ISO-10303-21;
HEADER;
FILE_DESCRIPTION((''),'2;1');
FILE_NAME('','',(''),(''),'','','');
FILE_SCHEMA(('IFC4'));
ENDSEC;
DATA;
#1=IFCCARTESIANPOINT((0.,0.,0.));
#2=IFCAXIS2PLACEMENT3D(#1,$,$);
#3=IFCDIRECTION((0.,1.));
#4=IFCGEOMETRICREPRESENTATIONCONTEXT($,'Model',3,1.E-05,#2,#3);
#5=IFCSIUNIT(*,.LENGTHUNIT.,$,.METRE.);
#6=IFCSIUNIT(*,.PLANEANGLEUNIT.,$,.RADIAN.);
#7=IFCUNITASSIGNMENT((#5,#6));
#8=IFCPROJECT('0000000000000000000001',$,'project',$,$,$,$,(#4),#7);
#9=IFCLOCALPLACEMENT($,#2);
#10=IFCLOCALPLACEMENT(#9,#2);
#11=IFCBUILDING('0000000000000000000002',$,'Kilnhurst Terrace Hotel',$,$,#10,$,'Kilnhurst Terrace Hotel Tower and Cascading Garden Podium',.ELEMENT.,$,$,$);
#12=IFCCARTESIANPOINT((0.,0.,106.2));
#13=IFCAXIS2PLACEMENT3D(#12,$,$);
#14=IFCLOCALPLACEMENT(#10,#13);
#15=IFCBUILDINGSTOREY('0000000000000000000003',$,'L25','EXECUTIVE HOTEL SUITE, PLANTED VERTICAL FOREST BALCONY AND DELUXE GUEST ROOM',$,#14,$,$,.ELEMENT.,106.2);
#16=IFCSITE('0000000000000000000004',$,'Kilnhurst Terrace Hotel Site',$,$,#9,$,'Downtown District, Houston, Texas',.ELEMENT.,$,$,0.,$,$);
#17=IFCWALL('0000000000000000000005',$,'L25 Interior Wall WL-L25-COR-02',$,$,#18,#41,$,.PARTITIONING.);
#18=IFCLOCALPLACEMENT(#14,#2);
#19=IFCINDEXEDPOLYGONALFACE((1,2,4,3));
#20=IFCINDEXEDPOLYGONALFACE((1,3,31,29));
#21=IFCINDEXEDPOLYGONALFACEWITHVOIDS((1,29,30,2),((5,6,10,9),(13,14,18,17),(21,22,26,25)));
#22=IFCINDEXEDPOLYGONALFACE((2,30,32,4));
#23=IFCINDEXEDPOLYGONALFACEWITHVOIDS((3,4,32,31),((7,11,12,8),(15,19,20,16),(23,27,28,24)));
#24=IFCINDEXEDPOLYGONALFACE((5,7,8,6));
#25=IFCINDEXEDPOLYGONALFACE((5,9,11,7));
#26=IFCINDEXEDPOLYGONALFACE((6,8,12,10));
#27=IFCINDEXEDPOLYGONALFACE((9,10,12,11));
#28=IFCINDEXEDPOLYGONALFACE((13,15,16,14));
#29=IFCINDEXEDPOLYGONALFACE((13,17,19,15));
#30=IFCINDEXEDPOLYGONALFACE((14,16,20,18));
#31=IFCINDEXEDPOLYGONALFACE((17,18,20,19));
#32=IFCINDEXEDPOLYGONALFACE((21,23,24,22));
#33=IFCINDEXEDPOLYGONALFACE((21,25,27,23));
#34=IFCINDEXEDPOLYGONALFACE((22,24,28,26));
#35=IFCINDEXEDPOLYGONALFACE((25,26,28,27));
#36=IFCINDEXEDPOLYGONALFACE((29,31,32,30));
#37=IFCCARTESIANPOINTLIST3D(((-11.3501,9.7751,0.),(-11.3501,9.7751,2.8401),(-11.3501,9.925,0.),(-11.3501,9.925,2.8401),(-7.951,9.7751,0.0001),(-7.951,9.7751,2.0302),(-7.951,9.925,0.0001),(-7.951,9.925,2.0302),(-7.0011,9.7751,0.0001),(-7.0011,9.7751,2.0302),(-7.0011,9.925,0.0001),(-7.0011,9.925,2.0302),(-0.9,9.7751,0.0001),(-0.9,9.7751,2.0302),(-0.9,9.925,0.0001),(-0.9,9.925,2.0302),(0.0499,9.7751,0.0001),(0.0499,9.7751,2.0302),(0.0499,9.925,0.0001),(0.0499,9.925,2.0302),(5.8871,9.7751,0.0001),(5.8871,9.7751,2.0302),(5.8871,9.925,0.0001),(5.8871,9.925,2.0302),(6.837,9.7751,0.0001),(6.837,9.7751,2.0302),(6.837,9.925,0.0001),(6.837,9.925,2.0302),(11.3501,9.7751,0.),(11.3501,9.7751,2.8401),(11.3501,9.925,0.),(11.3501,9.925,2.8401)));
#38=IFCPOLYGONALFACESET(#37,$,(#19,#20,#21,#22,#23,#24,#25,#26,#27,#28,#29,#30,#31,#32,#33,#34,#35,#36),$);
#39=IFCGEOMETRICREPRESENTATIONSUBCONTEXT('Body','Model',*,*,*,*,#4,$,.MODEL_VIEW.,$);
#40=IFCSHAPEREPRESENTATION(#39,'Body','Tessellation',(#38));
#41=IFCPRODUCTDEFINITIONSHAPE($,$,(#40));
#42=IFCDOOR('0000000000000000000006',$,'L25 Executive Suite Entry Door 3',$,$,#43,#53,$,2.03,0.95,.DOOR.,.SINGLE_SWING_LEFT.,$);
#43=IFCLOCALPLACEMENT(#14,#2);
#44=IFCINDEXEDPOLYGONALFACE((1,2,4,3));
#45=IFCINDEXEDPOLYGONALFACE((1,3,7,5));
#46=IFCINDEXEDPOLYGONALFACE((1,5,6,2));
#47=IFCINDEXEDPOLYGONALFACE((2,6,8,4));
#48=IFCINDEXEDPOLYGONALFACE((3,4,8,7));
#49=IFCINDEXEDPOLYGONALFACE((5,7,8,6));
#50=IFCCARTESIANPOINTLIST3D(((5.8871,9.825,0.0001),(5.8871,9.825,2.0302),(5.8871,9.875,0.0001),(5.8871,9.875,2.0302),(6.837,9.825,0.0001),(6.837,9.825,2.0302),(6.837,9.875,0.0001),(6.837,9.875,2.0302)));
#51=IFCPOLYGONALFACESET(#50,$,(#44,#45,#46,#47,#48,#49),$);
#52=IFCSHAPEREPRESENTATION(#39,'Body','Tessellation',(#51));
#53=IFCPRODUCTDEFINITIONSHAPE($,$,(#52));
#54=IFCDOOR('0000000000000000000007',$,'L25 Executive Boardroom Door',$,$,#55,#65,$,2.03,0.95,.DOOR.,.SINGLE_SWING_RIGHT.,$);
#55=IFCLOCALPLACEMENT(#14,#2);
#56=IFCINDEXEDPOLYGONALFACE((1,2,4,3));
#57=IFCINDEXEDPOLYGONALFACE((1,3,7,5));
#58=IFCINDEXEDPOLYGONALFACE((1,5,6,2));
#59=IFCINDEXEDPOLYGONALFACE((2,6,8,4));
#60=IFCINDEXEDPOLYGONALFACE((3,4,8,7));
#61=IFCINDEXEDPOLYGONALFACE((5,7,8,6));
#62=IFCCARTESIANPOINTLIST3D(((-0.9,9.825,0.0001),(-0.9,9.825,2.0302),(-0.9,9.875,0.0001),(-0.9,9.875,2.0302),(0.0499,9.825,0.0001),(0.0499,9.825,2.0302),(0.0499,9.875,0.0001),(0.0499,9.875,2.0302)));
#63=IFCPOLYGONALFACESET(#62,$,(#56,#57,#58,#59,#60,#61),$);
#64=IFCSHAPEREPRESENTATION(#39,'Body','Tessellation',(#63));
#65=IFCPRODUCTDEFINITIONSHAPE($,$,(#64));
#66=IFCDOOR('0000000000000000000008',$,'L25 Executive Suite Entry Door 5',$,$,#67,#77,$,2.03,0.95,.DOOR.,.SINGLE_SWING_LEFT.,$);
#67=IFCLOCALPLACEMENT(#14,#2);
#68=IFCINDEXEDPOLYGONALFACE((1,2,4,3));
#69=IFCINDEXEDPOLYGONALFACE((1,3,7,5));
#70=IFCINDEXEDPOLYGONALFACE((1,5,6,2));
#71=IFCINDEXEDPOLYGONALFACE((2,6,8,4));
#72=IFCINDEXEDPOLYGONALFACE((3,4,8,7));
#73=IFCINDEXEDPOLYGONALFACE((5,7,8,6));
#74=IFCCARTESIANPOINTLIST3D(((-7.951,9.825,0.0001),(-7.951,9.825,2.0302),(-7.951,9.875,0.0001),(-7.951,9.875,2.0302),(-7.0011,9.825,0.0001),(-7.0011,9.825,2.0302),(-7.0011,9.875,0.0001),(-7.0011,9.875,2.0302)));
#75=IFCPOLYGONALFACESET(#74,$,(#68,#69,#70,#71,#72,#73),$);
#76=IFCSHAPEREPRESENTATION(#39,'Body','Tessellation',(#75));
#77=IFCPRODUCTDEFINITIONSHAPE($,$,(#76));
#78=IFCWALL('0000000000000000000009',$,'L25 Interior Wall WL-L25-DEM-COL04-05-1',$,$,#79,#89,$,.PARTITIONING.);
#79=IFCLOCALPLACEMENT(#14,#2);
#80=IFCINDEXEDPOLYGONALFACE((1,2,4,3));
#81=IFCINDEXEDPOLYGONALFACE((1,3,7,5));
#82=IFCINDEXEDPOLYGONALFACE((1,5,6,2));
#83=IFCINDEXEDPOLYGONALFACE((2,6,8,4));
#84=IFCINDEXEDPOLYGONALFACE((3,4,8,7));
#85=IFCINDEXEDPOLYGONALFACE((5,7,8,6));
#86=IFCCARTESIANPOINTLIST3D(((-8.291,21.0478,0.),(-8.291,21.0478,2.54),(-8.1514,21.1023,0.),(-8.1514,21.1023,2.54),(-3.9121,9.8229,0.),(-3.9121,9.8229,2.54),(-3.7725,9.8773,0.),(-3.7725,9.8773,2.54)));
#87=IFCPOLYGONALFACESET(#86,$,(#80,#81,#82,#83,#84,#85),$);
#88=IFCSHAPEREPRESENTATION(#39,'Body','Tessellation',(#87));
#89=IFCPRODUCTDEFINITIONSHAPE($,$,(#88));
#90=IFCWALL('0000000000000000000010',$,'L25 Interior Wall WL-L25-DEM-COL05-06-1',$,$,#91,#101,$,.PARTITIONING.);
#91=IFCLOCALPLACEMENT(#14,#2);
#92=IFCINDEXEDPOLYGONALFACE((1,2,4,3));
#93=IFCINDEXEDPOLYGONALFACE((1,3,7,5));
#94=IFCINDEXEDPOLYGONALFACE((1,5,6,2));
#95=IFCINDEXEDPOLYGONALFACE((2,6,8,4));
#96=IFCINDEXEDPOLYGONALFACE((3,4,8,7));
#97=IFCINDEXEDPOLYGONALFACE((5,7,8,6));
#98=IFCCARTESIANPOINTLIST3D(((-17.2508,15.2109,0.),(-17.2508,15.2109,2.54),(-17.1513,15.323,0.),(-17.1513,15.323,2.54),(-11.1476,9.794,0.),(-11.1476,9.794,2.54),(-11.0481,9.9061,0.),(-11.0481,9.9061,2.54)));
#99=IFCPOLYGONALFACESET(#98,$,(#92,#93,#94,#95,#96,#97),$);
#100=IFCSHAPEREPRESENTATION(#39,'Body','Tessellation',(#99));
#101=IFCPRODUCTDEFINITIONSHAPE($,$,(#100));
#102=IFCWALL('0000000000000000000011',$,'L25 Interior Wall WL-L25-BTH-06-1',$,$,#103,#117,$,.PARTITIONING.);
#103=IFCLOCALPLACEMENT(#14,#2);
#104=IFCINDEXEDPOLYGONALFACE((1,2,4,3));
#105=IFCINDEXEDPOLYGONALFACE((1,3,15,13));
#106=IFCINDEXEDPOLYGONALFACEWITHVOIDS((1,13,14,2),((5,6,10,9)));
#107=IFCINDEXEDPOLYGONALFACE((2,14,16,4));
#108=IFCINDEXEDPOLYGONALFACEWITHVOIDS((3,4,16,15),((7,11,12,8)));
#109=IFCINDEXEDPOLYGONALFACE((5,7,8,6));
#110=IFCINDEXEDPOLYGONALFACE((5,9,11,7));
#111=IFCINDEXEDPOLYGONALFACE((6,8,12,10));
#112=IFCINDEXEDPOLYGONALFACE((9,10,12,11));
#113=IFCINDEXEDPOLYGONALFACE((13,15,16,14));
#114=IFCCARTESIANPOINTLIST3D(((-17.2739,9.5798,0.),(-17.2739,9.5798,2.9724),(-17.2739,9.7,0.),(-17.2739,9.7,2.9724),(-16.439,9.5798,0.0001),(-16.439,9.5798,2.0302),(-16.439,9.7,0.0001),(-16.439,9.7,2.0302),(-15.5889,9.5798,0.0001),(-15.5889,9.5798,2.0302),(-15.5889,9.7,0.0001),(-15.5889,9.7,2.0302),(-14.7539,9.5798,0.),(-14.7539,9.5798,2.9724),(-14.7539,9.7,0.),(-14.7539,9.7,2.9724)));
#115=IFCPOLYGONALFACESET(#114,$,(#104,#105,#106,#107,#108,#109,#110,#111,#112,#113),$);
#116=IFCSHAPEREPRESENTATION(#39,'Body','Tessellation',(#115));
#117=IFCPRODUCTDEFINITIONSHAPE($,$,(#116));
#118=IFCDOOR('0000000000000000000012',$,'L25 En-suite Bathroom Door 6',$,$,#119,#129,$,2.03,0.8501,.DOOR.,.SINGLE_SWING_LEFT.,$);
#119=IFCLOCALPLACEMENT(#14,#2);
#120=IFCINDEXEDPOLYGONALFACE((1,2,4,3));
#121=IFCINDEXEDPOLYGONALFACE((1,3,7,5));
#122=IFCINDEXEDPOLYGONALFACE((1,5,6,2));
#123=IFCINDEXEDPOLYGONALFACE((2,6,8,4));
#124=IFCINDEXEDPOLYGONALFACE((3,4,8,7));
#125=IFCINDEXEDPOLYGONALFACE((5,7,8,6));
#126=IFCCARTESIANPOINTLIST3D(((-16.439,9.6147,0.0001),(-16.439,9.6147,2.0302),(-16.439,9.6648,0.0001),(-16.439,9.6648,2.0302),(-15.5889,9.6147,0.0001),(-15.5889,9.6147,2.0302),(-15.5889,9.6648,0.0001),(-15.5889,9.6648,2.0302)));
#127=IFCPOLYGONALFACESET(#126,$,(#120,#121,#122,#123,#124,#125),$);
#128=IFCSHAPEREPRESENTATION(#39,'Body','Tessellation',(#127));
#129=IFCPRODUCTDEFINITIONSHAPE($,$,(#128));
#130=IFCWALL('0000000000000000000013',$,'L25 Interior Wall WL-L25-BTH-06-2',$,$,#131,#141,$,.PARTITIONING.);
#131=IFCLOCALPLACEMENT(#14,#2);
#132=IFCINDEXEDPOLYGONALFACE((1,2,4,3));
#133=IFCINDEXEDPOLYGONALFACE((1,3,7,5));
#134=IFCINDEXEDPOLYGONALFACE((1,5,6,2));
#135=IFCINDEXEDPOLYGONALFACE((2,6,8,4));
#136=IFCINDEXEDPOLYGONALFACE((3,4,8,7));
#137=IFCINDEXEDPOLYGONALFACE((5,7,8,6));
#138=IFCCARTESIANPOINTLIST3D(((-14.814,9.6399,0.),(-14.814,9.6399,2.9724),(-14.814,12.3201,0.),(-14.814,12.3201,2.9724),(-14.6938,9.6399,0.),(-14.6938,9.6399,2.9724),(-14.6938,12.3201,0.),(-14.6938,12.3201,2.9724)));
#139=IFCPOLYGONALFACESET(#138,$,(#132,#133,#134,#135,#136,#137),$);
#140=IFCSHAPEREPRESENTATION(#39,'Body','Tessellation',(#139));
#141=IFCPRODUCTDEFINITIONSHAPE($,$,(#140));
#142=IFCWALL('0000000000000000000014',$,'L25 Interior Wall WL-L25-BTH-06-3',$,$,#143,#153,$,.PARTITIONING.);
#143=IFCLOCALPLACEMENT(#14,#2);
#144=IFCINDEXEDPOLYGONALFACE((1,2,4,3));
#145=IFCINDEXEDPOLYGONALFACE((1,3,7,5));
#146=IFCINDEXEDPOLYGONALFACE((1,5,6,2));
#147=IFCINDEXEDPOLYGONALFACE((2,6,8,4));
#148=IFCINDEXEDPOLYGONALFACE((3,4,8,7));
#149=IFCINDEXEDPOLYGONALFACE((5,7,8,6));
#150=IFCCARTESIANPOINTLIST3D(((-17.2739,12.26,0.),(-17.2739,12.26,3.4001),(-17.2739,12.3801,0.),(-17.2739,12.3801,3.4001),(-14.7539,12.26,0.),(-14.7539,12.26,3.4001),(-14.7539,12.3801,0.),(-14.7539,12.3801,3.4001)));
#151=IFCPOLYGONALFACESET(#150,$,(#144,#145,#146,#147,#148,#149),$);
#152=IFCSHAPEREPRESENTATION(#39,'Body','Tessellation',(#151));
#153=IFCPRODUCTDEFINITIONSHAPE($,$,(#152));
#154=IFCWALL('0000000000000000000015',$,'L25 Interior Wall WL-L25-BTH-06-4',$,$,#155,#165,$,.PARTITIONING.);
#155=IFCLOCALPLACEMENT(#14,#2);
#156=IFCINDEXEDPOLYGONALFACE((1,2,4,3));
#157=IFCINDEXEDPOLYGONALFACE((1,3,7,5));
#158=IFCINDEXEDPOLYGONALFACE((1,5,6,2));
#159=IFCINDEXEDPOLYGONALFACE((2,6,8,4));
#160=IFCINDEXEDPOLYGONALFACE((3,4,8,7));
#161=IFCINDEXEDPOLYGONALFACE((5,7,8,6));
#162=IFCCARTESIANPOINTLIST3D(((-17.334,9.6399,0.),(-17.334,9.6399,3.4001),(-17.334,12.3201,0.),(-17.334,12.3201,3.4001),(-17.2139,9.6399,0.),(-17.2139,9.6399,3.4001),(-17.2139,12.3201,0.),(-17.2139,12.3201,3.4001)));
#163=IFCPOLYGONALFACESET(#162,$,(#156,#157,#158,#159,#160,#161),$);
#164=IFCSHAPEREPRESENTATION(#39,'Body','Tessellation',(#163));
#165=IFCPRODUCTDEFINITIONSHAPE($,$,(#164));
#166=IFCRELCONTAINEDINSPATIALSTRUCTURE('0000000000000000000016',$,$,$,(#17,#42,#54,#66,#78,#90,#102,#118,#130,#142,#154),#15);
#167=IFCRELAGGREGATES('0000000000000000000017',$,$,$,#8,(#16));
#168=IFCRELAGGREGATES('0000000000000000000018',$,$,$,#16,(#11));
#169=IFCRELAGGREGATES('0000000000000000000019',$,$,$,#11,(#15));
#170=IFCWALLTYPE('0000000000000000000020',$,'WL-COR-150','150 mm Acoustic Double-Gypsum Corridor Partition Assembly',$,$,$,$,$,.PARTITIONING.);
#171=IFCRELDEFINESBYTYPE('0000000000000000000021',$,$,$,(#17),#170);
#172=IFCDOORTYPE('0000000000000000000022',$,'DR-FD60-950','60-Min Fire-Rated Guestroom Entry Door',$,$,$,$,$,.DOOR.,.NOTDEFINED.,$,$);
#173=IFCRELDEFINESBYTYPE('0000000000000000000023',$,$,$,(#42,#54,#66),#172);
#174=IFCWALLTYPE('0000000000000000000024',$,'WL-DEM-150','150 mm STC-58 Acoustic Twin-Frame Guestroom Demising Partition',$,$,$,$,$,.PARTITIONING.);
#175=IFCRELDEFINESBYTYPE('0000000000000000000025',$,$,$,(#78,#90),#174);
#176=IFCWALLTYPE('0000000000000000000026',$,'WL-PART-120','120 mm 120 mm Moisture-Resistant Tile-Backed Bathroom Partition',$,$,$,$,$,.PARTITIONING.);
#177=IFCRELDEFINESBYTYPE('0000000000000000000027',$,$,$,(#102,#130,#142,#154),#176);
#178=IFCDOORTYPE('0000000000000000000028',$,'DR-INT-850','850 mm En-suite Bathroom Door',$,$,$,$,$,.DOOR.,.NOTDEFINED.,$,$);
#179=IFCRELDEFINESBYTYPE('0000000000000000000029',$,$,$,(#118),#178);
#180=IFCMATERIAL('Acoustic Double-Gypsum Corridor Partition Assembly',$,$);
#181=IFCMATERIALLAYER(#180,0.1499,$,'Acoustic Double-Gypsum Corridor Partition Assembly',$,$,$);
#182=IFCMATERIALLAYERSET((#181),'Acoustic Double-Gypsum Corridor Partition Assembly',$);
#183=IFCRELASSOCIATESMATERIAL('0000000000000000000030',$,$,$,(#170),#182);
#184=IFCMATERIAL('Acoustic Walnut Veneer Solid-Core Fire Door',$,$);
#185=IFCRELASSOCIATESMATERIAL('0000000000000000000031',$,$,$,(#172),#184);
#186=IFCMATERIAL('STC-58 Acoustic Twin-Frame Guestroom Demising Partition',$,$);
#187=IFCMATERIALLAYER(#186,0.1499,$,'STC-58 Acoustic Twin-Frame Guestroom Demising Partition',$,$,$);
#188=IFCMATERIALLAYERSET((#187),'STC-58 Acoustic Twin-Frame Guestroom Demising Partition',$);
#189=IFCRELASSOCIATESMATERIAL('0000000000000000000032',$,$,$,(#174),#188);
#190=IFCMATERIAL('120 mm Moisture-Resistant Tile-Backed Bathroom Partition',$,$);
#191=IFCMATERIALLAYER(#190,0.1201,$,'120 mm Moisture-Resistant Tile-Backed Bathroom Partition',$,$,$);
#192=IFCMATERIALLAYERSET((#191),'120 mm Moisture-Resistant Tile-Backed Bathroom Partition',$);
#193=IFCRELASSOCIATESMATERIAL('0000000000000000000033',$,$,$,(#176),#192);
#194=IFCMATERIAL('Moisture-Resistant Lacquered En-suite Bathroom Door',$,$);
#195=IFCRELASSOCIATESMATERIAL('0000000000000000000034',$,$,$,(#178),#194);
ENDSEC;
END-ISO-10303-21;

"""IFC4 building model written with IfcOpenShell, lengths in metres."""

from ifc_helpers import new_model, si_unit, direction, frame, frame_2d, origin, place, context, subcontext, project, spatial, rectangle, extrude, material, layer, layer_set, type_object, element, fill, save


model = new_model("IFC4")

# Units and contexts
model_context = context("Model", 3, precision=1e-05, world=origin(), true_north=direction((0.0, 1.0)))
body_context = subcontext(model_context, "Body", "Model", "MODEL_VIEW")
ifc_project = project(units=[si_unit("LENGTHUNIT", "METRE"), si_unit("PLANEANGLEUNIT", "RADIAN")], contexts=[model_context])

# Site, building, storey
site_placement = place(None, origin())
site = spatial("IfcSite", under=ifc_project, at=site_placement, Name="Kilnhurst Terrace Hotel Site", LongName="Downtown District, Houston, Texas", CompositionType="ELEMENT", RefElevation=0.0)
building_placement = place(site_placement, origin())
building = spatial("IfcBuilding", under=site, at=building_placement, Name="Kilnhurst Terrace Hotel", LongName="Kilnhurst Terrace Hotel Tower and Cascading Garden Podium", CompositionType="ELEMENT")
storey_placement = place(building_placement, frame((0.0, 0.0, 106.2)))
storey = spatial("IfcBuildingStorey", under=building, at=storey_placement, Name="L25", Description="EXECUTIVE HOTEL SUITE, PLANTED VERTICAL FOREST BALCONY AND DELUXE GUEST ROOM", CompositionType="ELEMENT", Elevation=106.2)

# Wall, openings, doors
ifc_material_1 = material(Name="Acoustic Double-Gypsum Corridor Partition Assembly")
ifc_layer_1 = layer(ifc_material_1, 0.1499, Name="Acoustic Double-Gypsum Corridor Partition Assembly")
ifc_layer_set_1 = layer_set([ifc_layer_1], Name="Acoustic Double-Gypsum Corridor Partition Assembly")
wall_type_1 = type_object("IfcWallType", Name="WL-COR-150", Description="150 mm Acoustic Double-Gypsum Corridor Partition Assembly", PredefinedType="PARTITIONING", material=ifc_layer_set_1)
wall_1_placement = place(storey_placement, frame((-11.3501, 9.8501, 0.0), z_axis=(0.0, 0.0, 1.0), x_axis=(1.0, 0.0, 0.0)))
wall_1 = element("IfcWall", 1, at=wall_1_placement, inside=storey, type_object=wall_type_1, Name="L25 Interior Wall WL-L25-COR-02", PredefinedType="PARTITIONING", context=body_context, shape_type="SweptSolid", body=[
    extrude(rectangle(XDim=22.7002, YDim=0.1499, at=frame_2d((11.3501, 0.0))), origin(), (0.0, 0.0, 1.0), 2.8401),
])
opening_1_placement = place(wall_1_placement, frame((17.2371, 0.0, 0.0)))
opening_1 = element("IfcOpeningElement", 2, at=opening_1_placement, cuts=wall_1, PredefinedType="OPENING", context=body_context, shape_type="SweptSolid", body=[
    extrude(rectangle(XDim=0.95, YDim=2.03, at=frame_2d((0.4751, 1.0151))), frame((0.0, 0.085, 0.0), z_axis=(0.0, -1.0, 0.0), x_axis=(1.0, 0.0, 0.0)), (0.0, 0.0, 1.0), 0.1699),
])
opening_2_placement = place(wall_1_placement, frame((10.45, 0.0, 0.0)))
opening_2 = element("IfcOpeningElement", 3, at=opening_2_placement, cuts=wall_1, PredefinedType="OPENING", context=body_context, shape_type="SweptSolid", body=[
    extrude(rectangle(XDim=0.95, YDim=2.03, at=frame_2d((0.4751, 1.0151))), frame((0.0, 0.085, 0.0), z_axis=(0.0, -1.0, 0.0), x_axis=(1.0, 0.0, 0.0)), (0.0, 0.0, 1.0), 0.1699),
])
opening_3_placement = place(wall_1_placement, frame((3.3989, 0.0, 0.0)))
opening_3 = element("IfcOpeningElement", 4, at=opening_3_placement, cuts=wall_1, PredefinedType="OPENING", context=body_context, shape_type="SweptSolid", body=[
    extrude(rectangle(XDim=0.95, YDim=2.03, at=frame_2d((0.4751, 1.0151))), frame((0.0, 0.085, 0.0), z_axis=(0.0, -1.0, 0.0), x_axis=(1.0, 0.0, 0.0)), (0.0, 0.0, 1.0), 0.1699),
])
ifc_material_2 = material(Name="Acoustic Walnut Veneer Solid-Core Fire Door")
door_type_1 = type_object("IfcDoorType", Name="DR-FD60-950", Description="60-Min Fire-Rated Guestroom Entry Door", OperationType="NOTDEFINED", PredefinedType="DOOR", material=ifc_material_2)
door_1_placement = place(opening_1_placement, origin())
door_1 = element("IfcDoor", 5, at=door_1_placement, inside=storey, type_object=door_type_1, Name="L25 Executive Suite Entry Door 3", OperationType="SINGLE_SWING_LEFT", OverallHeight=2.03, OverallWidth=0.95, PredefinedType="DOOR", context=body_context, shape_type="SweptSolid", body=[
    extrude(rectangle(XDim=0.95, YDim=2.03, at=frame_2d((0.4751, 1.0151))), frame((0.0, 0.0249, 0.0), z_axis=(0.0, -1.0, 0.0), x_axis=(1.0, 0.0, 0.0)), (0.0, 0.0, 1.0), 0.05),
])
fill(opening_1, door_1)
door_2_placement = place(opening_2_placement, origin())
door_2 = element("IfcDoor", 6, at=door_2_placement, inside=storey, type_object=door_type_1, Name="L25 Executive Boardroom Door", OperationType="SINGLE_SWING_RIGHT", OverallHeight=2.03, OverallWidth=0.95, PredefinedType="DOOR", context=body_context, shape_type="SweptSolid", body=[
    extrude(rectangle(XDim=0.95, YDim=2.03, at=frame_2d((0.4751, 1.0151))), frame((0.0, 0.0249, 0.0), z_axis=(0.0, -1.0, 0.0), x_axis=(1.0, 0.0, 0.0)), (0.0, 0.0, 1.0), 0.05),
])
fill(opening_2, door_2)
door_3_placement = place(opening_3_placement, origin())
door_3 = element("IfcDoor", 7, at=door_3_placement, inside=storey, type_object=door_type_1, Name="L25 Executive Suite Entry Door 5", OperationType="SINGLE_SWING_LEFT", OverallHeight=2.03, OverallWidth=0.95, PredefinedType="DOOR", context=body_context, shape_type="SweptSolid", body=[
    extrude(rectangle(XDim=0.95, YDim=2.03, at=frame_2d((0.4751, 1.0151))), frame((0.0, 0.0249, 0.0), z_axis=(0.0, -1.0, 0.0), x_axis=(1.0, 0.0, 0.0)), (0.0, 0.0, 1.0), 0.05),
])
fill(opening_3, door_3)

# Walls
ifc_material_3 = material(Name="STC-58 Acoustic Twin-Frame Guestroom Demising Partition")
ifc_layer_2 = layer(ifc_material_3, 0.1499, Name="STC-58 Acoustic Twin-Frame Guestroom Demising Partition")
ifc_layer_set_2 = layer_set([ifc_layer_2], Name="STC-58 Acoustic Twin-Frame Guestroom Demising Partition")
wall_type_2 = type_object("IfcWallType", Name="WL-DEM-150", Description="150 mm STC-58 Acoustic Twin-Frame Guestroom Demising Partition", PredefinedType="PARTITIONING", material=ifc_layer_set_2)
wall_2_placement = place(storey_placement, frame((-3.8423, 9.8501, 0.0), z_axis=(0.0, 0.0, 1.0), x_axis=(-0.363433, 0.93162, 0.0)))
element("IfcWall", 8, at=wall_2_placement, inside=storey, type_object=wall_type_2, Name="L25 Interior Wall WL-L25-DEM-COL04-05-1", PredefinedType="PARTITIONING", context=body_context, shape_type="SweptSolid", body=[
    extrude(rectangle(XDim=12.0488, YDim=0.1499, at=frame_2d((6.0244, 0.0))), origin(), (0.0, 0.0, 1.0), 2.54),
])
wall_3_placement = place(storey_placement, frame((-11.0979, 9.8501, 0.0), z_axis=(0.0, 0.0, 1.0), x_axis=(-0.747904, 0.663807, 0.0)))
element("IfcWall", 9, at=wall_3_placement, inside=storey, type_object=wall_type_2, Name="L25 Interior Wall WL-L25-DEM-COL05-06-1", PredefinedType="PARTITIONING", context=body_context, shape_type="SweptSolid", body=[
    extrude(rectangle(XDim=8.1604, YDim=0.1499, at=frame_2d((4.0801, 0.0))), origin(), (0.0, 0.0, 1.0), 2.54),
])

# Wall, opening, door
ifc_material_4 = material(Name="120 mm Moisture-Resistant Tile-Backed Bathroom Partition")
ifc_layer_3 = layer(ifc_material_4, 0.1201, Name="120 mm Moisture-Resistant Tile-Backed Bathroom Partition")
ifc_layer_set_3 = layer_set([ifc_layer_3], Name="120 mm Moisture-Resistant Tile-Backed Bathroom Partition")
wall_type_3 = type_object("IfcWallType", Name="WL-PART-120", Description="120 mm 120 mm Moisture-Resistant Tile-Backed Bathroom Partition", PredefinedType="PARTITIONING", material=ifc_layer_set_3)
wall_4_placement = place(storey_placement, frame((-17.2739, 9.6399, 0.0), z_axis=(0.0, 0.0, 1.0), x_axis=(1.0, 0.0, 0.0)))
wall_4 = element("IfcWall", 10, at=wall_4_placement, inside=storey, type_object=wall_type_3, Name="L25 Interior Wall WL-L25-BTH-06-1", PredefinedType="PARTITIONING", context=body_context, shape_type="SweptSolid", body=[
    extrude(rectangle(XDim=2.52, YDim=0.1201, at=frame_2d((1.26, 0.0))), origin(), (0.0, 0.0, 1.0), 2.9724),
])
opening_4_placement = place(wall_4_placement, frame((0.835, 0.0, 0.0)))
opening_4 = element("IfcOpeningElement", 11, at=opening_4_placement, cuts=wall_4, PredefinedType="OPENING", context=body_context, shape_type="SweptSolid", body=[
    extrude(rectangle(XDim=0.8501, YDim=2.03, at=frame_2d((0.425, 1.0151))), frame((0.0, 0.0701, 0.0), z_axis=(0.0, -1.0, 0.0), x_axis=(1.0, 0.0, 0.0)), (0.0, 0.0, 1.0), 0.1401),
])
ifc_material_5 = material(Name="Moisture-Resistant Lacquered En-suite Bathroom Door")
door_type_2 = type_object("IfcDoorType", Name="DR-INT-850", Description="850 mm En-suite Bathroom Door", OperationType="NOTDEFINED", PredefinedType="DOOR", material=ifc_material_5)
door_4_placement = place(opening_4_placement, origin())
door_4 = element("IfcDoor", 12, at=door_4_placement, inside=storey, type_object=door_type_2, Name="L25 En-suite Bathroom Door 6", OperationType="SINGLE_SWING_LEFT", OverallHeight=2.03, OverallWidth=0.8501, PredefinedType="DOOR", context=body_context, shape_type="SweptSolid", body=[
    extrude(rectangle(XDim=0.8501, YDim=2.03, at=frame_2d((0.425, 1.0151))), frame((0.0, 0.0249, 0.0), z_axis=(0.0, -1.0, 0.0), x_axis=(1.0, 0.0, 0.0)), (0.0, 0.0, 1.0), 0.05),
])
fill(opening_4, door_4)

# Walls
wall_5_placement = place(storey_placement, frame((-14.7539, 9.6399, 0.0), z_axis=(0.0, 0.0, 1.0), x_axis=(0.0, 1.0, 0.0)))
element("IfcWall", 13, at=wall_5_placement, inside=storey, type_object=wall_type_3, Name="L25 Interior Wall WL-L25-BTH-06-2", PredefinedType="PARTITIONING", context=body_context, shape_type="SweptSolid", body=[
    extrude(rectangle(XDim=2.6802, YDim=0.1201, at=frame_2d((1.3401, 0.0))), origin(), (0.0, 0.0, 1.0), 2.9724),
])
wall_6_placement = place(storey_placement, frame((-14.7539, 12.3201, 0.0), z_axis=(0.0, 0.0, 1.0), x_axis=(-1.0, 0.0, 0.0)))
element("IfcWall", 14, at=wall_6_placement, inside=storey, type_object=wall_type_3, Name="L25 Interior Wall WL-L25-BTH-06-3", PredefinedType="PARTITIONING", context=body_context, shape_type="SweptSolid", body=[
    extrude(rectangle(XDim=2.52, YDim=0.1201, at=frame_2d((1.26, 0.0))), origin(), (0.0, 0.0, 1.0), 3.4001),
])
wall_7_placement = place(storey_placement, frame((-17.2739, 12.3201, 0.0), z_axis=(0.0, 0.0, 1.0), x_axis=(0.0, -1.0, 0.0)))
element("IfcWall", 15, at=wall_7_placement, inside=storey, type_object=wall_type_3, Name="L25 Interior Wall WL-L25-BTH-06-4", PredefinedType="PARTITIONING", context=body_context, shape_type="SweptSolid", body=[
    extrude(rectangle(XDim=2.6802, YDim=0.1201, at=frame_2d((1.3401, 0.0))), origin(), (0.0, 0.0, 1.0), 3.4001),
])

save(model, "model.ifc")
